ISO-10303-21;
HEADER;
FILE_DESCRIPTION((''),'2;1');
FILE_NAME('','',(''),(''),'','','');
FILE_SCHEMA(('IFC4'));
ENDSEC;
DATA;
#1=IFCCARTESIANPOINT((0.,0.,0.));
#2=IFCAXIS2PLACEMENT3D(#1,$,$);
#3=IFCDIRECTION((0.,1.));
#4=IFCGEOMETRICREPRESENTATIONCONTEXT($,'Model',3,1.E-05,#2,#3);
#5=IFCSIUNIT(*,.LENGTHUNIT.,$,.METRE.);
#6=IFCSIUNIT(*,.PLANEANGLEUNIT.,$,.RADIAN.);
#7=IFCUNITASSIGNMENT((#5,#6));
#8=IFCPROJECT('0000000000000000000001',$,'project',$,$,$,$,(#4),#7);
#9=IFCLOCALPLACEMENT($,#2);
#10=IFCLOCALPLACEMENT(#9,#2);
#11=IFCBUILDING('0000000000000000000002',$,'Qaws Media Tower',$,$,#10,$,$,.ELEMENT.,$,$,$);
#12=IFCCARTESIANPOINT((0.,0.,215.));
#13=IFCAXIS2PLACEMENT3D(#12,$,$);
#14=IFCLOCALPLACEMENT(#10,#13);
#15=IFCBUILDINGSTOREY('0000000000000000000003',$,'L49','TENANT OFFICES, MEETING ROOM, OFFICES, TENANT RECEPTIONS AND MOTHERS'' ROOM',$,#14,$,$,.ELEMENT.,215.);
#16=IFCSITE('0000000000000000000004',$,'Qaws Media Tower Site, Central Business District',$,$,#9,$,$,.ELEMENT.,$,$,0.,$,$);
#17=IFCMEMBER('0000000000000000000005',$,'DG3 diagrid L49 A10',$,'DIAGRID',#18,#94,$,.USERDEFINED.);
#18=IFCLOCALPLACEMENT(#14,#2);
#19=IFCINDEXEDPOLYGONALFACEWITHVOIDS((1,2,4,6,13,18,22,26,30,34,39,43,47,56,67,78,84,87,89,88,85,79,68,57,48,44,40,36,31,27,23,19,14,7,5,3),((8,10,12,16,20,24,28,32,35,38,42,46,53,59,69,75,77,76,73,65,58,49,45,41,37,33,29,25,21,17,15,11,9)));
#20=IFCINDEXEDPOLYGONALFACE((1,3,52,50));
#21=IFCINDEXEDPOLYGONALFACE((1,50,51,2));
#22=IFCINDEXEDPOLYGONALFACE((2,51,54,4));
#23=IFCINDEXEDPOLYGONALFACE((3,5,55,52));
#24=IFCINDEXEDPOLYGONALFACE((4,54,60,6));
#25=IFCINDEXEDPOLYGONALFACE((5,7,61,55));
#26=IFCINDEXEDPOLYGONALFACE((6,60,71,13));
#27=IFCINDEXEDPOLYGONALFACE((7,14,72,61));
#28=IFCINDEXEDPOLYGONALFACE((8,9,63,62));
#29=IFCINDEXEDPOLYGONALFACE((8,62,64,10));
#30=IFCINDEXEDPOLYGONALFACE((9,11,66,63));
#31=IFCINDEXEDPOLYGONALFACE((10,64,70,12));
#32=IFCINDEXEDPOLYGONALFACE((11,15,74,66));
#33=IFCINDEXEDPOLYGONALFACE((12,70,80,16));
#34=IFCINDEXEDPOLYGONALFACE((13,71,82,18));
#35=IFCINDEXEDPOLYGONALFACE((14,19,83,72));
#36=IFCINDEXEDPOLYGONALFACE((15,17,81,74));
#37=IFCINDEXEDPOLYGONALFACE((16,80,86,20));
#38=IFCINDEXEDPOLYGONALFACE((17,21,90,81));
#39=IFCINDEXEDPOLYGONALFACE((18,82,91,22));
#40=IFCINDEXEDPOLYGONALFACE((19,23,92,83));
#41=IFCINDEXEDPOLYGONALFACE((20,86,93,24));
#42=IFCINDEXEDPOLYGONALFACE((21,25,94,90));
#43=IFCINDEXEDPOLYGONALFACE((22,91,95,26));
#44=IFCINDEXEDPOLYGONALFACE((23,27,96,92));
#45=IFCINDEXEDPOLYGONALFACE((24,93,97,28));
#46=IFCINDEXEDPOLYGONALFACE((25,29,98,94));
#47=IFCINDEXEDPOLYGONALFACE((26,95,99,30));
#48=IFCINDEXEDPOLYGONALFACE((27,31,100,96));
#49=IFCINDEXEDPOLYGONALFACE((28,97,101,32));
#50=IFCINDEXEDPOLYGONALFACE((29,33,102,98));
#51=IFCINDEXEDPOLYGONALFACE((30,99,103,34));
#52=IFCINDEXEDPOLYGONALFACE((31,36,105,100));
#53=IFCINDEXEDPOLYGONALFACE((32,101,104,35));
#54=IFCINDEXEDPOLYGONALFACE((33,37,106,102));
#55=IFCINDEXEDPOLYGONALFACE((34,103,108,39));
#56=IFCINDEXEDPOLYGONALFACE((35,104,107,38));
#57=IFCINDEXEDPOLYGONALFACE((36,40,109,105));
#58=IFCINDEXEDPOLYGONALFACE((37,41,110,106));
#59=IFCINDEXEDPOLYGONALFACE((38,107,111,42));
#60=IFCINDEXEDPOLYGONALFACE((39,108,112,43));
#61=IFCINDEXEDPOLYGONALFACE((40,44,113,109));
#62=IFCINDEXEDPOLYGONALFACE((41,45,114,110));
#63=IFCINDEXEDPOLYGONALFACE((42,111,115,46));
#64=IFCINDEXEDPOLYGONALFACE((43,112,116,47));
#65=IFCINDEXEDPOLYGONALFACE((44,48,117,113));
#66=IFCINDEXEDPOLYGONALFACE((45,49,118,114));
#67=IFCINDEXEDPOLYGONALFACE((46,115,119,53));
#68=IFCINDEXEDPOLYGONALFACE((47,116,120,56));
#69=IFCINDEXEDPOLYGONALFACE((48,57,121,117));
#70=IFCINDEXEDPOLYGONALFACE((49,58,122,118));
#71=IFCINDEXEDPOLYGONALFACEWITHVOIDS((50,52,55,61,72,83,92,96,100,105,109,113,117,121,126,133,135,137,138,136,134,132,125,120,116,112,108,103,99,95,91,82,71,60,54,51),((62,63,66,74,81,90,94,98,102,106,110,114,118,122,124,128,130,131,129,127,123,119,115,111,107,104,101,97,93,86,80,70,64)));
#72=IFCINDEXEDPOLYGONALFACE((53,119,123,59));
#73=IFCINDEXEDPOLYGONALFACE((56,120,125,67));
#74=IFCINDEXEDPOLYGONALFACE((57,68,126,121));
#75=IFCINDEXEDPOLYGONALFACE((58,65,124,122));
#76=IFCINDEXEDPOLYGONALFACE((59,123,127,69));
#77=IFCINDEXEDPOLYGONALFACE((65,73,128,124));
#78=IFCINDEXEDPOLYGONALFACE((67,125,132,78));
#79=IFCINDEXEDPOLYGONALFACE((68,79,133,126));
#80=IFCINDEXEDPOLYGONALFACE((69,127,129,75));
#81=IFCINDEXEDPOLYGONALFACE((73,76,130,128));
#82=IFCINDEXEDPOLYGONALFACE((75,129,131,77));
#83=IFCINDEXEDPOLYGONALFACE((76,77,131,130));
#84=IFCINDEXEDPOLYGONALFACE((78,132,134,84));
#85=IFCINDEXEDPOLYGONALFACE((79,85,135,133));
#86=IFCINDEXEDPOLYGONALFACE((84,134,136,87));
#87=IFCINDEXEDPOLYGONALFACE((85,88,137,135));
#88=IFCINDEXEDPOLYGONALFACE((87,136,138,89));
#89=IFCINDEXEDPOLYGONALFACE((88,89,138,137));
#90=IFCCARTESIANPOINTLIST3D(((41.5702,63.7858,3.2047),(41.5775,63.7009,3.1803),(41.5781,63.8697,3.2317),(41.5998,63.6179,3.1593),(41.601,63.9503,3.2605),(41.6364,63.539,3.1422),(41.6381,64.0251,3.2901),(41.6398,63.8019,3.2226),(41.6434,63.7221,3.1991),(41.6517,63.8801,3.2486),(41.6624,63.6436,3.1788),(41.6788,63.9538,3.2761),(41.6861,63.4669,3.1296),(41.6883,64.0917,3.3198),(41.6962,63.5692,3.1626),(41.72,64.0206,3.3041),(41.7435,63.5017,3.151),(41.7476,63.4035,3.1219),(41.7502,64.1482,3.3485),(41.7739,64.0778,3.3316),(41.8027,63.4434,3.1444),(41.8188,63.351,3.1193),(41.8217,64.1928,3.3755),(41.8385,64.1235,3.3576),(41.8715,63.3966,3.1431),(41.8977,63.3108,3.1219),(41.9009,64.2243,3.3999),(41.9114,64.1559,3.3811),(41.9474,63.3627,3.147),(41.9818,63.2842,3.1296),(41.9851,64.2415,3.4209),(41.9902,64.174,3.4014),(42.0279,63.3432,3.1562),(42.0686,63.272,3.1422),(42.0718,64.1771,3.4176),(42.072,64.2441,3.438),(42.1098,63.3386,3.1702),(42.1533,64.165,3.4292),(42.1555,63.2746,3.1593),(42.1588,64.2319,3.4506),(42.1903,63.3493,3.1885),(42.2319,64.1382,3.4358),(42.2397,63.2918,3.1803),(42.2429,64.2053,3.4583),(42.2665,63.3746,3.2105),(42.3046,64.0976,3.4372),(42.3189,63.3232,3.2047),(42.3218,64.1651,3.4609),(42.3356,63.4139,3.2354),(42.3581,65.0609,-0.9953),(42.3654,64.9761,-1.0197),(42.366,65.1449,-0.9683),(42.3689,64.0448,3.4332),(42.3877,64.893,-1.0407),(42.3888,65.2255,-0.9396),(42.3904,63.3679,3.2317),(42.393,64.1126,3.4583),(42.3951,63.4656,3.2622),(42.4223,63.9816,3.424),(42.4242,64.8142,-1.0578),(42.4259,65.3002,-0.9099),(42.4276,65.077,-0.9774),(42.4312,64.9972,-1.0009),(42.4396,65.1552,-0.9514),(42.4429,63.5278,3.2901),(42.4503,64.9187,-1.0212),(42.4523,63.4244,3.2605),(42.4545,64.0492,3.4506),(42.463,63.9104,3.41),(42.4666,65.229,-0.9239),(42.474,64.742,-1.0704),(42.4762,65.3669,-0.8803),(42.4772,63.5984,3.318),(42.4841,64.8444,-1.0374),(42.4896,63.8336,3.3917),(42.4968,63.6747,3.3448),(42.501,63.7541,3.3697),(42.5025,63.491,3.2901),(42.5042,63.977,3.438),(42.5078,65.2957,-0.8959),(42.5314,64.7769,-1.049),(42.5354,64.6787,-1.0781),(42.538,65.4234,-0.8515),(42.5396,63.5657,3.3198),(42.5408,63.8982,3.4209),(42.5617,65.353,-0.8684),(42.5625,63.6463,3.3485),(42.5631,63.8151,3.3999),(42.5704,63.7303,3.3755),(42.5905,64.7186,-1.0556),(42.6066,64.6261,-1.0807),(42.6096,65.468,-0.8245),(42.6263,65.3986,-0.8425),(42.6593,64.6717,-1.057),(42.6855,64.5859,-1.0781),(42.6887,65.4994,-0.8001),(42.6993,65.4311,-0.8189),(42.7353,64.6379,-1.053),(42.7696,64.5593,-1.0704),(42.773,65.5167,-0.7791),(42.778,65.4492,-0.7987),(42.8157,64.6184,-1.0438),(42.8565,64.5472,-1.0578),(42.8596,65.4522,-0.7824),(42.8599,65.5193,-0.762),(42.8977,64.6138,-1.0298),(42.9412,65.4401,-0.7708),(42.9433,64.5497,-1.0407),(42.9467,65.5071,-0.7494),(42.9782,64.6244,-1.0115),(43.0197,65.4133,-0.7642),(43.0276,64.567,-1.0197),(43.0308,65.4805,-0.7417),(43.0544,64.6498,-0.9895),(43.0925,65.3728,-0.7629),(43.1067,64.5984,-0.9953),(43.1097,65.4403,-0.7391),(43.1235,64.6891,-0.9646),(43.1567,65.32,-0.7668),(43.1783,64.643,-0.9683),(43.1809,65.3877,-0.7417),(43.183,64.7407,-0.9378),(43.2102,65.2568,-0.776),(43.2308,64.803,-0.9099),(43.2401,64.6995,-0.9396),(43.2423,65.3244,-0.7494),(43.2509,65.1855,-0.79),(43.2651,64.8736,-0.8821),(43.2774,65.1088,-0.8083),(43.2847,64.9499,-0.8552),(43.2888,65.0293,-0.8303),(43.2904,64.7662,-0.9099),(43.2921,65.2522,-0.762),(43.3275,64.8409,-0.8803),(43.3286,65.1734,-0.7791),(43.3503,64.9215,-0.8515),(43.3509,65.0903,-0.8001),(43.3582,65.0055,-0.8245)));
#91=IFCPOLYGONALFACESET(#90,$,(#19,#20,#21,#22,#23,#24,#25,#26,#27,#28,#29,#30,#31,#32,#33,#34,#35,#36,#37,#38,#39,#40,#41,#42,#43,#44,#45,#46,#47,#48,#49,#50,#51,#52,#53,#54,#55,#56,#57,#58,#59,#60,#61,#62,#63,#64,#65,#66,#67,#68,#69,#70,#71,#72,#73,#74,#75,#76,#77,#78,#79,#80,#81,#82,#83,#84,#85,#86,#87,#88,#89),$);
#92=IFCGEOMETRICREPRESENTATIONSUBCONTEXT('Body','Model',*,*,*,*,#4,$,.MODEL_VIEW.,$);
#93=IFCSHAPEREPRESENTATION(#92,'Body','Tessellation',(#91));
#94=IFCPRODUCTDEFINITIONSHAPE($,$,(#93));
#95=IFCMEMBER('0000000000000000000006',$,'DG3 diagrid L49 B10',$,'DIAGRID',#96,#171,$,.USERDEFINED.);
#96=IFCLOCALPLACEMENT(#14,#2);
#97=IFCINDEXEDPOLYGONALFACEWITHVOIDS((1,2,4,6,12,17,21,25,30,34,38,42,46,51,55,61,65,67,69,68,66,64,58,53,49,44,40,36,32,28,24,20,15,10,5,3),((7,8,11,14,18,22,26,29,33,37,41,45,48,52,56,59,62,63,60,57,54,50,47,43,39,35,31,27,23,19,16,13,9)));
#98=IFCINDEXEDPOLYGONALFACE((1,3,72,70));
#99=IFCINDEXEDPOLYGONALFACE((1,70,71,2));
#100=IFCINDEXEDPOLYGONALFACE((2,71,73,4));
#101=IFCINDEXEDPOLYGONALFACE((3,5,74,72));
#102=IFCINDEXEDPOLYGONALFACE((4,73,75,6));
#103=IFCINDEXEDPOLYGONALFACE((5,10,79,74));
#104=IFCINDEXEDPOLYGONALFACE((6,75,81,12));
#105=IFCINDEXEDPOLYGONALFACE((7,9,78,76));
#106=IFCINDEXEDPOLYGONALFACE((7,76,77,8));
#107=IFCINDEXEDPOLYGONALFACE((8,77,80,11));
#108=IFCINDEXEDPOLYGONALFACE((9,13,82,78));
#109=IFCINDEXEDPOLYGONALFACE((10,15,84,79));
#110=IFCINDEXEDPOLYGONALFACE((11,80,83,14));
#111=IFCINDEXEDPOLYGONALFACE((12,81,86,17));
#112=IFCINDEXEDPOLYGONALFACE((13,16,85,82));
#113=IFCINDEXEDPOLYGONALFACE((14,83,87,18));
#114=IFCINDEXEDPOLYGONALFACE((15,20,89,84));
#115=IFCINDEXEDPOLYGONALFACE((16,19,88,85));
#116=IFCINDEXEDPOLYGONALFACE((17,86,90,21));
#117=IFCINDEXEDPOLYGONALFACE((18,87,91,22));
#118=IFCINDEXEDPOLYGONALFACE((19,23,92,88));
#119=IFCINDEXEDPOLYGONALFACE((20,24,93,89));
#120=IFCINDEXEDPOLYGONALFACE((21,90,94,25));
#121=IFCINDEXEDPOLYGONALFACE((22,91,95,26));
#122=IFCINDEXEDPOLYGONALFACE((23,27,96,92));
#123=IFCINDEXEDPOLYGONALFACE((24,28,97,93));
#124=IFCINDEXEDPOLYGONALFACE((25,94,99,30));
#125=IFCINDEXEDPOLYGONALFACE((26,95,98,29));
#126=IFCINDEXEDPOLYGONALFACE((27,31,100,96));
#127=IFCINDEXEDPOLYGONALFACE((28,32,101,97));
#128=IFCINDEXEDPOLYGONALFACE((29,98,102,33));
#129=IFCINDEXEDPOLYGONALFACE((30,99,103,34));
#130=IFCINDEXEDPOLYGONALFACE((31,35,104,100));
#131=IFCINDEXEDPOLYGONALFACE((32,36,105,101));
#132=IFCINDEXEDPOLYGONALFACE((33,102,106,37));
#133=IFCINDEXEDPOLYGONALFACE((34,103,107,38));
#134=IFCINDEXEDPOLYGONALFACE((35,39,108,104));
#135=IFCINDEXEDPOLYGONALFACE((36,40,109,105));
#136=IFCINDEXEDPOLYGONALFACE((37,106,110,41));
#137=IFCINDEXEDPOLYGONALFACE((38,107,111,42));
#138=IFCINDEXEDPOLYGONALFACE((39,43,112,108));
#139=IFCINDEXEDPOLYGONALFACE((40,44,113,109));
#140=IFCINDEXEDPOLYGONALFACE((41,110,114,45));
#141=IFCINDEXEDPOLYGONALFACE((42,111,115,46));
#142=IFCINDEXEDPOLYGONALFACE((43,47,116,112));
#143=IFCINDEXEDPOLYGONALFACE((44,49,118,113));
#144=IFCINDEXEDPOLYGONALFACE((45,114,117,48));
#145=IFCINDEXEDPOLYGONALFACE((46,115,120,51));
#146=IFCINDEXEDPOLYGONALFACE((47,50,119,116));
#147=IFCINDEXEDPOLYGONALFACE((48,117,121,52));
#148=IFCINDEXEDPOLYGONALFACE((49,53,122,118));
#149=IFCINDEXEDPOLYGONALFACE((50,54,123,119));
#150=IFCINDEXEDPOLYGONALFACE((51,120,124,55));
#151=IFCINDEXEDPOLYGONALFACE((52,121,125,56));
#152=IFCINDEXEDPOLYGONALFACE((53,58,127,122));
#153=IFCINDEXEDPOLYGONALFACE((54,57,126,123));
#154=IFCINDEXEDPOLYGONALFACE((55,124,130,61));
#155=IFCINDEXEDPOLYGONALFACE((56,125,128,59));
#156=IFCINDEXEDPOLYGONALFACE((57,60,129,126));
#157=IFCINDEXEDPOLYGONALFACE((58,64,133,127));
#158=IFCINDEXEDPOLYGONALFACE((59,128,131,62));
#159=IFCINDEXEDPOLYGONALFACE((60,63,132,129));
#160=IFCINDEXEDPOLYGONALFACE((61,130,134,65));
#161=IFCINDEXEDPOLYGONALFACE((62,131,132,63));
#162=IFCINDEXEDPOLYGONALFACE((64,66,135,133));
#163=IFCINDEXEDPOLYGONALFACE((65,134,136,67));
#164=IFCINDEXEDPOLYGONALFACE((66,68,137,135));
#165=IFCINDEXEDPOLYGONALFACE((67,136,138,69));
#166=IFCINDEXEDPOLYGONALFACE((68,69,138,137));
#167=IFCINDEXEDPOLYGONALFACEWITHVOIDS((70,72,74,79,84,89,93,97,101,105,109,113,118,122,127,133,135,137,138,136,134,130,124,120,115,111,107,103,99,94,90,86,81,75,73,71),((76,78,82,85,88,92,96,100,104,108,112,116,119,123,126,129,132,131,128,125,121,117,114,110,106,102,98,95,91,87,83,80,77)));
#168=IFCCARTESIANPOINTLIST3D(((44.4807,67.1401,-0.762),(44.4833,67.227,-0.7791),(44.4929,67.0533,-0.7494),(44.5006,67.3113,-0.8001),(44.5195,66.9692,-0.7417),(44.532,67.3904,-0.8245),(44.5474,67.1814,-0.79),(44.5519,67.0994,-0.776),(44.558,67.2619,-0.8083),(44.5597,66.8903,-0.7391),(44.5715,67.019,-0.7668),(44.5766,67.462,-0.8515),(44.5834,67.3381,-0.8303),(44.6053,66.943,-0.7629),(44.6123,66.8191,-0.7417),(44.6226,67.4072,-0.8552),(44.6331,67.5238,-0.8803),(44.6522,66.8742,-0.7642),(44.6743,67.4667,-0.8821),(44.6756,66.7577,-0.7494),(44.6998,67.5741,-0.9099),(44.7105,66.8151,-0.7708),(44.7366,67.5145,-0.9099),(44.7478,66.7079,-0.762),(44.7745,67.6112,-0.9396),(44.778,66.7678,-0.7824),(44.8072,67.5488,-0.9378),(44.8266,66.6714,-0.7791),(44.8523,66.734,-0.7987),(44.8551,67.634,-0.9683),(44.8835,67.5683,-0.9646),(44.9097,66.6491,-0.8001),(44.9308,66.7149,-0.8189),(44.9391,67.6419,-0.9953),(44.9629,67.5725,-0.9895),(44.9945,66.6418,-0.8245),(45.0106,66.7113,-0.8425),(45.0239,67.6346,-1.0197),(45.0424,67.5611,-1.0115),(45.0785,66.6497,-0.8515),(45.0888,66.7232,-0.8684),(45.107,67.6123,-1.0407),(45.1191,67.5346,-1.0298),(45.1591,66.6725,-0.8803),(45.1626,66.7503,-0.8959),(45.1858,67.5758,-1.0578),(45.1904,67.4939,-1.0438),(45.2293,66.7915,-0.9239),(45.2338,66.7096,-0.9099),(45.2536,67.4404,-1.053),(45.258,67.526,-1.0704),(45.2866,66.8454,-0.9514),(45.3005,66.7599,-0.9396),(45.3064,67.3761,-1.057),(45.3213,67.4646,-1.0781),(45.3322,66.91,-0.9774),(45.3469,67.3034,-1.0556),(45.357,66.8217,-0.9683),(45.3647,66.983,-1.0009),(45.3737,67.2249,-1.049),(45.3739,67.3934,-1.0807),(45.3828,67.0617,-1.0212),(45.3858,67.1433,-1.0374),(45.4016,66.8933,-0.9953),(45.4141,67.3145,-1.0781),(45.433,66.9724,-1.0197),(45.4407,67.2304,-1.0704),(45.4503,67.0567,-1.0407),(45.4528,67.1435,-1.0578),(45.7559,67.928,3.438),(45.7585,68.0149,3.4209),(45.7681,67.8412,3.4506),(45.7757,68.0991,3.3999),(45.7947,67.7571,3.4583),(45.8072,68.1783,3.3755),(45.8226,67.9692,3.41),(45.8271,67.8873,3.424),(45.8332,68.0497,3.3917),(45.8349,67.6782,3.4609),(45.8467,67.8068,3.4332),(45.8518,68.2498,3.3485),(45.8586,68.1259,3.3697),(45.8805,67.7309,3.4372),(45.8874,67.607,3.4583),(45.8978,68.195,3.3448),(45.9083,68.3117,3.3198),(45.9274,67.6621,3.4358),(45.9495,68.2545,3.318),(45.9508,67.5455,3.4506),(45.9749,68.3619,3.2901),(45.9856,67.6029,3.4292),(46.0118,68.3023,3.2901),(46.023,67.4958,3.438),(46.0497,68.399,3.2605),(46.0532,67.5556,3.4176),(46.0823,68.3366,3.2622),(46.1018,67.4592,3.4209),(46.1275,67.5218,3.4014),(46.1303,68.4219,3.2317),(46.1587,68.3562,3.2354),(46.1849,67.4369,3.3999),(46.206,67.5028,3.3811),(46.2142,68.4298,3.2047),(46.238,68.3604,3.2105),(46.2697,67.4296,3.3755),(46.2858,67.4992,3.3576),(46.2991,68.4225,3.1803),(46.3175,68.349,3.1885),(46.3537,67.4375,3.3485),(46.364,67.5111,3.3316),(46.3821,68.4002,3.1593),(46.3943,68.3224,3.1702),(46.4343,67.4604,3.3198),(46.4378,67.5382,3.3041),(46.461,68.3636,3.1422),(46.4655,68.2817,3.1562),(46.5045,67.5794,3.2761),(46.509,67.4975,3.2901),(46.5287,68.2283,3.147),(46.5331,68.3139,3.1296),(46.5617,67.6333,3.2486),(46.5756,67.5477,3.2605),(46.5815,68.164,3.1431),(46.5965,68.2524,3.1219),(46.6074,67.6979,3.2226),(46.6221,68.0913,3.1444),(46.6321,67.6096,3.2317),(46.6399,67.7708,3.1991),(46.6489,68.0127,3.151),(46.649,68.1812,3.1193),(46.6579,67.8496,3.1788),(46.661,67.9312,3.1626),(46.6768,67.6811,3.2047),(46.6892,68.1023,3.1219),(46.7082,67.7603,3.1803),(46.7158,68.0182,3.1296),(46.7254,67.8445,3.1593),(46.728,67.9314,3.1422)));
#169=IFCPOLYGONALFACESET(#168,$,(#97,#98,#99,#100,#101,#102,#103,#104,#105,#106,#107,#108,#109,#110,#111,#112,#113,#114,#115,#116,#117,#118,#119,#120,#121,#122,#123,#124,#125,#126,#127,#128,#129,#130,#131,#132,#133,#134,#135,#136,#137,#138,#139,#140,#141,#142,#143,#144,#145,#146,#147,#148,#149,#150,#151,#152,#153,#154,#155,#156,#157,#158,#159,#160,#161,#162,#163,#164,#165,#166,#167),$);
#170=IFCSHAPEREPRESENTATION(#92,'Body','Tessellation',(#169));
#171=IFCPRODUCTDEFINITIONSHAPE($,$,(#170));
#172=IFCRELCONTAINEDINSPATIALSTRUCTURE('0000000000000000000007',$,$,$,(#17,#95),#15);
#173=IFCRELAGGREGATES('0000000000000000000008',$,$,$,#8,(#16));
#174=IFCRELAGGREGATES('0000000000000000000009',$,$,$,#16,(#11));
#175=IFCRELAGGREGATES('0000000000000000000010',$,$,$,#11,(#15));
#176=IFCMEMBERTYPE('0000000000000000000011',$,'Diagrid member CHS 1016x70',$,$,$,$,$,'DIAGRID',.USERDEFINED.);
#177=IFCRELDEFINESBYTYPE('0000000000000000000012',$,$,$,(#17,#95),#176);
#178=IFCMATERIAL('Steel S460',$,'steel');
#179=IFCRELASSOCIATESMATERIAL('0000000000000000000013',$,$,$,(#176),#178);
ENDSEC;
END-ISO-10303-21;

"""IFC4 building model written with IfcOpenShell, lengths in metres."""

from ifc_helpers import new_model, si_unit, direction, frame, origin, origin_2d, place, context, subcontext, project, spatial, hollow_circle, extrude, material, material_profile, profile_set, type_object, element, save


model = new_model("IFC4")

# Units and contexts
model_context = context("Model", 3, precision=1e-05, world=origin(), true_north=direction((0.0, 1.0)))
body_context = subcontext(model_context, "Body", "Model", "MODEL_VIEW")
ifc_project = project(units=[si_unit("LENGTHUNIT", "METRE"), si_unit("PLANEANGLEUNIT", "RADIAN")], contexts=[model_context])

# Site, building, storey
site_placement = place(None, origin())
site = spatial("IfcSite", under=ifc_project, at=site_placement, Name="Qaws Media Tower Site, Central Business District", CompositionType="ELEMENT", RefElevation=0.0)
building_placement = place(site_placement, origin())
building = spatial("IfcBuilding", under=site, at=building_placement, Name="Qaws Media Tower", CompositionType="ELEMENT")
storey_placement = place(building_placement, frame((0.0, 0.0, 215.0)))
storey = spatial("IfcBuildingStorey", under=building, at=storey_placement, Name="L49", Description="TENANT OFFICES, MEETING ROOM, OFFICES, TENANT RECEPTIONS AND MOTHERS' ROOM", CompositionType="ELEMENT", Elevation=215.0)

# Members
ifc_material_1 = material(Name="Steel S460", Category="steel")
ifc_material_profile_1 = material_profile(ifc_material_1, hollow_circle(Radius=0.5081, WallThickness=0.0701, at=origin_2d()), Name="CHS 1016x70")
ifc_profile_set_1 = profile_set([ifc_material_profile_1], Name="Steel S460")
member_type_1 = type_object("IfcMemberType", Name="Diagrid member CHS 1016x70", ElementType="DIAGRID", PredefinedType="USERDEFINED", material=ifc_profile_set_1)
for number, where, z_axis, x_axis, name in (
    (1, (42.8582, 65.0332, -0.9099), (-0.17667, -0.285946, 0.941819), (0.850723, -0.525614, 0.0), "DG3 diagrid L49 A10"),
    (2, (44.9668, 67.1418, -0.9099), (0.285946, 0.17667, 0.941819), (-0.525614, 0.850723, 0.0), "DG3 diagrid L49 B10"),
):
    element("IfcMember", number, at=place(storey_placement, frame(where, z_axis=z_axis, x_axis=x_axis)), inside=storey, type_object=member_type_1, Name=name, ObjectType="DIAGRID", PredefinedType="USERDEFINED", context=body_context, shape_type="SweptSolid", body=[
        extrude(hollow_circle(Radius=0.5081, WallThickness=0.0701, at=origin_2d()), origin(), (0.0, 0.0, 1.0), 4.4595),
    ])

save(model, "model.ifc")
